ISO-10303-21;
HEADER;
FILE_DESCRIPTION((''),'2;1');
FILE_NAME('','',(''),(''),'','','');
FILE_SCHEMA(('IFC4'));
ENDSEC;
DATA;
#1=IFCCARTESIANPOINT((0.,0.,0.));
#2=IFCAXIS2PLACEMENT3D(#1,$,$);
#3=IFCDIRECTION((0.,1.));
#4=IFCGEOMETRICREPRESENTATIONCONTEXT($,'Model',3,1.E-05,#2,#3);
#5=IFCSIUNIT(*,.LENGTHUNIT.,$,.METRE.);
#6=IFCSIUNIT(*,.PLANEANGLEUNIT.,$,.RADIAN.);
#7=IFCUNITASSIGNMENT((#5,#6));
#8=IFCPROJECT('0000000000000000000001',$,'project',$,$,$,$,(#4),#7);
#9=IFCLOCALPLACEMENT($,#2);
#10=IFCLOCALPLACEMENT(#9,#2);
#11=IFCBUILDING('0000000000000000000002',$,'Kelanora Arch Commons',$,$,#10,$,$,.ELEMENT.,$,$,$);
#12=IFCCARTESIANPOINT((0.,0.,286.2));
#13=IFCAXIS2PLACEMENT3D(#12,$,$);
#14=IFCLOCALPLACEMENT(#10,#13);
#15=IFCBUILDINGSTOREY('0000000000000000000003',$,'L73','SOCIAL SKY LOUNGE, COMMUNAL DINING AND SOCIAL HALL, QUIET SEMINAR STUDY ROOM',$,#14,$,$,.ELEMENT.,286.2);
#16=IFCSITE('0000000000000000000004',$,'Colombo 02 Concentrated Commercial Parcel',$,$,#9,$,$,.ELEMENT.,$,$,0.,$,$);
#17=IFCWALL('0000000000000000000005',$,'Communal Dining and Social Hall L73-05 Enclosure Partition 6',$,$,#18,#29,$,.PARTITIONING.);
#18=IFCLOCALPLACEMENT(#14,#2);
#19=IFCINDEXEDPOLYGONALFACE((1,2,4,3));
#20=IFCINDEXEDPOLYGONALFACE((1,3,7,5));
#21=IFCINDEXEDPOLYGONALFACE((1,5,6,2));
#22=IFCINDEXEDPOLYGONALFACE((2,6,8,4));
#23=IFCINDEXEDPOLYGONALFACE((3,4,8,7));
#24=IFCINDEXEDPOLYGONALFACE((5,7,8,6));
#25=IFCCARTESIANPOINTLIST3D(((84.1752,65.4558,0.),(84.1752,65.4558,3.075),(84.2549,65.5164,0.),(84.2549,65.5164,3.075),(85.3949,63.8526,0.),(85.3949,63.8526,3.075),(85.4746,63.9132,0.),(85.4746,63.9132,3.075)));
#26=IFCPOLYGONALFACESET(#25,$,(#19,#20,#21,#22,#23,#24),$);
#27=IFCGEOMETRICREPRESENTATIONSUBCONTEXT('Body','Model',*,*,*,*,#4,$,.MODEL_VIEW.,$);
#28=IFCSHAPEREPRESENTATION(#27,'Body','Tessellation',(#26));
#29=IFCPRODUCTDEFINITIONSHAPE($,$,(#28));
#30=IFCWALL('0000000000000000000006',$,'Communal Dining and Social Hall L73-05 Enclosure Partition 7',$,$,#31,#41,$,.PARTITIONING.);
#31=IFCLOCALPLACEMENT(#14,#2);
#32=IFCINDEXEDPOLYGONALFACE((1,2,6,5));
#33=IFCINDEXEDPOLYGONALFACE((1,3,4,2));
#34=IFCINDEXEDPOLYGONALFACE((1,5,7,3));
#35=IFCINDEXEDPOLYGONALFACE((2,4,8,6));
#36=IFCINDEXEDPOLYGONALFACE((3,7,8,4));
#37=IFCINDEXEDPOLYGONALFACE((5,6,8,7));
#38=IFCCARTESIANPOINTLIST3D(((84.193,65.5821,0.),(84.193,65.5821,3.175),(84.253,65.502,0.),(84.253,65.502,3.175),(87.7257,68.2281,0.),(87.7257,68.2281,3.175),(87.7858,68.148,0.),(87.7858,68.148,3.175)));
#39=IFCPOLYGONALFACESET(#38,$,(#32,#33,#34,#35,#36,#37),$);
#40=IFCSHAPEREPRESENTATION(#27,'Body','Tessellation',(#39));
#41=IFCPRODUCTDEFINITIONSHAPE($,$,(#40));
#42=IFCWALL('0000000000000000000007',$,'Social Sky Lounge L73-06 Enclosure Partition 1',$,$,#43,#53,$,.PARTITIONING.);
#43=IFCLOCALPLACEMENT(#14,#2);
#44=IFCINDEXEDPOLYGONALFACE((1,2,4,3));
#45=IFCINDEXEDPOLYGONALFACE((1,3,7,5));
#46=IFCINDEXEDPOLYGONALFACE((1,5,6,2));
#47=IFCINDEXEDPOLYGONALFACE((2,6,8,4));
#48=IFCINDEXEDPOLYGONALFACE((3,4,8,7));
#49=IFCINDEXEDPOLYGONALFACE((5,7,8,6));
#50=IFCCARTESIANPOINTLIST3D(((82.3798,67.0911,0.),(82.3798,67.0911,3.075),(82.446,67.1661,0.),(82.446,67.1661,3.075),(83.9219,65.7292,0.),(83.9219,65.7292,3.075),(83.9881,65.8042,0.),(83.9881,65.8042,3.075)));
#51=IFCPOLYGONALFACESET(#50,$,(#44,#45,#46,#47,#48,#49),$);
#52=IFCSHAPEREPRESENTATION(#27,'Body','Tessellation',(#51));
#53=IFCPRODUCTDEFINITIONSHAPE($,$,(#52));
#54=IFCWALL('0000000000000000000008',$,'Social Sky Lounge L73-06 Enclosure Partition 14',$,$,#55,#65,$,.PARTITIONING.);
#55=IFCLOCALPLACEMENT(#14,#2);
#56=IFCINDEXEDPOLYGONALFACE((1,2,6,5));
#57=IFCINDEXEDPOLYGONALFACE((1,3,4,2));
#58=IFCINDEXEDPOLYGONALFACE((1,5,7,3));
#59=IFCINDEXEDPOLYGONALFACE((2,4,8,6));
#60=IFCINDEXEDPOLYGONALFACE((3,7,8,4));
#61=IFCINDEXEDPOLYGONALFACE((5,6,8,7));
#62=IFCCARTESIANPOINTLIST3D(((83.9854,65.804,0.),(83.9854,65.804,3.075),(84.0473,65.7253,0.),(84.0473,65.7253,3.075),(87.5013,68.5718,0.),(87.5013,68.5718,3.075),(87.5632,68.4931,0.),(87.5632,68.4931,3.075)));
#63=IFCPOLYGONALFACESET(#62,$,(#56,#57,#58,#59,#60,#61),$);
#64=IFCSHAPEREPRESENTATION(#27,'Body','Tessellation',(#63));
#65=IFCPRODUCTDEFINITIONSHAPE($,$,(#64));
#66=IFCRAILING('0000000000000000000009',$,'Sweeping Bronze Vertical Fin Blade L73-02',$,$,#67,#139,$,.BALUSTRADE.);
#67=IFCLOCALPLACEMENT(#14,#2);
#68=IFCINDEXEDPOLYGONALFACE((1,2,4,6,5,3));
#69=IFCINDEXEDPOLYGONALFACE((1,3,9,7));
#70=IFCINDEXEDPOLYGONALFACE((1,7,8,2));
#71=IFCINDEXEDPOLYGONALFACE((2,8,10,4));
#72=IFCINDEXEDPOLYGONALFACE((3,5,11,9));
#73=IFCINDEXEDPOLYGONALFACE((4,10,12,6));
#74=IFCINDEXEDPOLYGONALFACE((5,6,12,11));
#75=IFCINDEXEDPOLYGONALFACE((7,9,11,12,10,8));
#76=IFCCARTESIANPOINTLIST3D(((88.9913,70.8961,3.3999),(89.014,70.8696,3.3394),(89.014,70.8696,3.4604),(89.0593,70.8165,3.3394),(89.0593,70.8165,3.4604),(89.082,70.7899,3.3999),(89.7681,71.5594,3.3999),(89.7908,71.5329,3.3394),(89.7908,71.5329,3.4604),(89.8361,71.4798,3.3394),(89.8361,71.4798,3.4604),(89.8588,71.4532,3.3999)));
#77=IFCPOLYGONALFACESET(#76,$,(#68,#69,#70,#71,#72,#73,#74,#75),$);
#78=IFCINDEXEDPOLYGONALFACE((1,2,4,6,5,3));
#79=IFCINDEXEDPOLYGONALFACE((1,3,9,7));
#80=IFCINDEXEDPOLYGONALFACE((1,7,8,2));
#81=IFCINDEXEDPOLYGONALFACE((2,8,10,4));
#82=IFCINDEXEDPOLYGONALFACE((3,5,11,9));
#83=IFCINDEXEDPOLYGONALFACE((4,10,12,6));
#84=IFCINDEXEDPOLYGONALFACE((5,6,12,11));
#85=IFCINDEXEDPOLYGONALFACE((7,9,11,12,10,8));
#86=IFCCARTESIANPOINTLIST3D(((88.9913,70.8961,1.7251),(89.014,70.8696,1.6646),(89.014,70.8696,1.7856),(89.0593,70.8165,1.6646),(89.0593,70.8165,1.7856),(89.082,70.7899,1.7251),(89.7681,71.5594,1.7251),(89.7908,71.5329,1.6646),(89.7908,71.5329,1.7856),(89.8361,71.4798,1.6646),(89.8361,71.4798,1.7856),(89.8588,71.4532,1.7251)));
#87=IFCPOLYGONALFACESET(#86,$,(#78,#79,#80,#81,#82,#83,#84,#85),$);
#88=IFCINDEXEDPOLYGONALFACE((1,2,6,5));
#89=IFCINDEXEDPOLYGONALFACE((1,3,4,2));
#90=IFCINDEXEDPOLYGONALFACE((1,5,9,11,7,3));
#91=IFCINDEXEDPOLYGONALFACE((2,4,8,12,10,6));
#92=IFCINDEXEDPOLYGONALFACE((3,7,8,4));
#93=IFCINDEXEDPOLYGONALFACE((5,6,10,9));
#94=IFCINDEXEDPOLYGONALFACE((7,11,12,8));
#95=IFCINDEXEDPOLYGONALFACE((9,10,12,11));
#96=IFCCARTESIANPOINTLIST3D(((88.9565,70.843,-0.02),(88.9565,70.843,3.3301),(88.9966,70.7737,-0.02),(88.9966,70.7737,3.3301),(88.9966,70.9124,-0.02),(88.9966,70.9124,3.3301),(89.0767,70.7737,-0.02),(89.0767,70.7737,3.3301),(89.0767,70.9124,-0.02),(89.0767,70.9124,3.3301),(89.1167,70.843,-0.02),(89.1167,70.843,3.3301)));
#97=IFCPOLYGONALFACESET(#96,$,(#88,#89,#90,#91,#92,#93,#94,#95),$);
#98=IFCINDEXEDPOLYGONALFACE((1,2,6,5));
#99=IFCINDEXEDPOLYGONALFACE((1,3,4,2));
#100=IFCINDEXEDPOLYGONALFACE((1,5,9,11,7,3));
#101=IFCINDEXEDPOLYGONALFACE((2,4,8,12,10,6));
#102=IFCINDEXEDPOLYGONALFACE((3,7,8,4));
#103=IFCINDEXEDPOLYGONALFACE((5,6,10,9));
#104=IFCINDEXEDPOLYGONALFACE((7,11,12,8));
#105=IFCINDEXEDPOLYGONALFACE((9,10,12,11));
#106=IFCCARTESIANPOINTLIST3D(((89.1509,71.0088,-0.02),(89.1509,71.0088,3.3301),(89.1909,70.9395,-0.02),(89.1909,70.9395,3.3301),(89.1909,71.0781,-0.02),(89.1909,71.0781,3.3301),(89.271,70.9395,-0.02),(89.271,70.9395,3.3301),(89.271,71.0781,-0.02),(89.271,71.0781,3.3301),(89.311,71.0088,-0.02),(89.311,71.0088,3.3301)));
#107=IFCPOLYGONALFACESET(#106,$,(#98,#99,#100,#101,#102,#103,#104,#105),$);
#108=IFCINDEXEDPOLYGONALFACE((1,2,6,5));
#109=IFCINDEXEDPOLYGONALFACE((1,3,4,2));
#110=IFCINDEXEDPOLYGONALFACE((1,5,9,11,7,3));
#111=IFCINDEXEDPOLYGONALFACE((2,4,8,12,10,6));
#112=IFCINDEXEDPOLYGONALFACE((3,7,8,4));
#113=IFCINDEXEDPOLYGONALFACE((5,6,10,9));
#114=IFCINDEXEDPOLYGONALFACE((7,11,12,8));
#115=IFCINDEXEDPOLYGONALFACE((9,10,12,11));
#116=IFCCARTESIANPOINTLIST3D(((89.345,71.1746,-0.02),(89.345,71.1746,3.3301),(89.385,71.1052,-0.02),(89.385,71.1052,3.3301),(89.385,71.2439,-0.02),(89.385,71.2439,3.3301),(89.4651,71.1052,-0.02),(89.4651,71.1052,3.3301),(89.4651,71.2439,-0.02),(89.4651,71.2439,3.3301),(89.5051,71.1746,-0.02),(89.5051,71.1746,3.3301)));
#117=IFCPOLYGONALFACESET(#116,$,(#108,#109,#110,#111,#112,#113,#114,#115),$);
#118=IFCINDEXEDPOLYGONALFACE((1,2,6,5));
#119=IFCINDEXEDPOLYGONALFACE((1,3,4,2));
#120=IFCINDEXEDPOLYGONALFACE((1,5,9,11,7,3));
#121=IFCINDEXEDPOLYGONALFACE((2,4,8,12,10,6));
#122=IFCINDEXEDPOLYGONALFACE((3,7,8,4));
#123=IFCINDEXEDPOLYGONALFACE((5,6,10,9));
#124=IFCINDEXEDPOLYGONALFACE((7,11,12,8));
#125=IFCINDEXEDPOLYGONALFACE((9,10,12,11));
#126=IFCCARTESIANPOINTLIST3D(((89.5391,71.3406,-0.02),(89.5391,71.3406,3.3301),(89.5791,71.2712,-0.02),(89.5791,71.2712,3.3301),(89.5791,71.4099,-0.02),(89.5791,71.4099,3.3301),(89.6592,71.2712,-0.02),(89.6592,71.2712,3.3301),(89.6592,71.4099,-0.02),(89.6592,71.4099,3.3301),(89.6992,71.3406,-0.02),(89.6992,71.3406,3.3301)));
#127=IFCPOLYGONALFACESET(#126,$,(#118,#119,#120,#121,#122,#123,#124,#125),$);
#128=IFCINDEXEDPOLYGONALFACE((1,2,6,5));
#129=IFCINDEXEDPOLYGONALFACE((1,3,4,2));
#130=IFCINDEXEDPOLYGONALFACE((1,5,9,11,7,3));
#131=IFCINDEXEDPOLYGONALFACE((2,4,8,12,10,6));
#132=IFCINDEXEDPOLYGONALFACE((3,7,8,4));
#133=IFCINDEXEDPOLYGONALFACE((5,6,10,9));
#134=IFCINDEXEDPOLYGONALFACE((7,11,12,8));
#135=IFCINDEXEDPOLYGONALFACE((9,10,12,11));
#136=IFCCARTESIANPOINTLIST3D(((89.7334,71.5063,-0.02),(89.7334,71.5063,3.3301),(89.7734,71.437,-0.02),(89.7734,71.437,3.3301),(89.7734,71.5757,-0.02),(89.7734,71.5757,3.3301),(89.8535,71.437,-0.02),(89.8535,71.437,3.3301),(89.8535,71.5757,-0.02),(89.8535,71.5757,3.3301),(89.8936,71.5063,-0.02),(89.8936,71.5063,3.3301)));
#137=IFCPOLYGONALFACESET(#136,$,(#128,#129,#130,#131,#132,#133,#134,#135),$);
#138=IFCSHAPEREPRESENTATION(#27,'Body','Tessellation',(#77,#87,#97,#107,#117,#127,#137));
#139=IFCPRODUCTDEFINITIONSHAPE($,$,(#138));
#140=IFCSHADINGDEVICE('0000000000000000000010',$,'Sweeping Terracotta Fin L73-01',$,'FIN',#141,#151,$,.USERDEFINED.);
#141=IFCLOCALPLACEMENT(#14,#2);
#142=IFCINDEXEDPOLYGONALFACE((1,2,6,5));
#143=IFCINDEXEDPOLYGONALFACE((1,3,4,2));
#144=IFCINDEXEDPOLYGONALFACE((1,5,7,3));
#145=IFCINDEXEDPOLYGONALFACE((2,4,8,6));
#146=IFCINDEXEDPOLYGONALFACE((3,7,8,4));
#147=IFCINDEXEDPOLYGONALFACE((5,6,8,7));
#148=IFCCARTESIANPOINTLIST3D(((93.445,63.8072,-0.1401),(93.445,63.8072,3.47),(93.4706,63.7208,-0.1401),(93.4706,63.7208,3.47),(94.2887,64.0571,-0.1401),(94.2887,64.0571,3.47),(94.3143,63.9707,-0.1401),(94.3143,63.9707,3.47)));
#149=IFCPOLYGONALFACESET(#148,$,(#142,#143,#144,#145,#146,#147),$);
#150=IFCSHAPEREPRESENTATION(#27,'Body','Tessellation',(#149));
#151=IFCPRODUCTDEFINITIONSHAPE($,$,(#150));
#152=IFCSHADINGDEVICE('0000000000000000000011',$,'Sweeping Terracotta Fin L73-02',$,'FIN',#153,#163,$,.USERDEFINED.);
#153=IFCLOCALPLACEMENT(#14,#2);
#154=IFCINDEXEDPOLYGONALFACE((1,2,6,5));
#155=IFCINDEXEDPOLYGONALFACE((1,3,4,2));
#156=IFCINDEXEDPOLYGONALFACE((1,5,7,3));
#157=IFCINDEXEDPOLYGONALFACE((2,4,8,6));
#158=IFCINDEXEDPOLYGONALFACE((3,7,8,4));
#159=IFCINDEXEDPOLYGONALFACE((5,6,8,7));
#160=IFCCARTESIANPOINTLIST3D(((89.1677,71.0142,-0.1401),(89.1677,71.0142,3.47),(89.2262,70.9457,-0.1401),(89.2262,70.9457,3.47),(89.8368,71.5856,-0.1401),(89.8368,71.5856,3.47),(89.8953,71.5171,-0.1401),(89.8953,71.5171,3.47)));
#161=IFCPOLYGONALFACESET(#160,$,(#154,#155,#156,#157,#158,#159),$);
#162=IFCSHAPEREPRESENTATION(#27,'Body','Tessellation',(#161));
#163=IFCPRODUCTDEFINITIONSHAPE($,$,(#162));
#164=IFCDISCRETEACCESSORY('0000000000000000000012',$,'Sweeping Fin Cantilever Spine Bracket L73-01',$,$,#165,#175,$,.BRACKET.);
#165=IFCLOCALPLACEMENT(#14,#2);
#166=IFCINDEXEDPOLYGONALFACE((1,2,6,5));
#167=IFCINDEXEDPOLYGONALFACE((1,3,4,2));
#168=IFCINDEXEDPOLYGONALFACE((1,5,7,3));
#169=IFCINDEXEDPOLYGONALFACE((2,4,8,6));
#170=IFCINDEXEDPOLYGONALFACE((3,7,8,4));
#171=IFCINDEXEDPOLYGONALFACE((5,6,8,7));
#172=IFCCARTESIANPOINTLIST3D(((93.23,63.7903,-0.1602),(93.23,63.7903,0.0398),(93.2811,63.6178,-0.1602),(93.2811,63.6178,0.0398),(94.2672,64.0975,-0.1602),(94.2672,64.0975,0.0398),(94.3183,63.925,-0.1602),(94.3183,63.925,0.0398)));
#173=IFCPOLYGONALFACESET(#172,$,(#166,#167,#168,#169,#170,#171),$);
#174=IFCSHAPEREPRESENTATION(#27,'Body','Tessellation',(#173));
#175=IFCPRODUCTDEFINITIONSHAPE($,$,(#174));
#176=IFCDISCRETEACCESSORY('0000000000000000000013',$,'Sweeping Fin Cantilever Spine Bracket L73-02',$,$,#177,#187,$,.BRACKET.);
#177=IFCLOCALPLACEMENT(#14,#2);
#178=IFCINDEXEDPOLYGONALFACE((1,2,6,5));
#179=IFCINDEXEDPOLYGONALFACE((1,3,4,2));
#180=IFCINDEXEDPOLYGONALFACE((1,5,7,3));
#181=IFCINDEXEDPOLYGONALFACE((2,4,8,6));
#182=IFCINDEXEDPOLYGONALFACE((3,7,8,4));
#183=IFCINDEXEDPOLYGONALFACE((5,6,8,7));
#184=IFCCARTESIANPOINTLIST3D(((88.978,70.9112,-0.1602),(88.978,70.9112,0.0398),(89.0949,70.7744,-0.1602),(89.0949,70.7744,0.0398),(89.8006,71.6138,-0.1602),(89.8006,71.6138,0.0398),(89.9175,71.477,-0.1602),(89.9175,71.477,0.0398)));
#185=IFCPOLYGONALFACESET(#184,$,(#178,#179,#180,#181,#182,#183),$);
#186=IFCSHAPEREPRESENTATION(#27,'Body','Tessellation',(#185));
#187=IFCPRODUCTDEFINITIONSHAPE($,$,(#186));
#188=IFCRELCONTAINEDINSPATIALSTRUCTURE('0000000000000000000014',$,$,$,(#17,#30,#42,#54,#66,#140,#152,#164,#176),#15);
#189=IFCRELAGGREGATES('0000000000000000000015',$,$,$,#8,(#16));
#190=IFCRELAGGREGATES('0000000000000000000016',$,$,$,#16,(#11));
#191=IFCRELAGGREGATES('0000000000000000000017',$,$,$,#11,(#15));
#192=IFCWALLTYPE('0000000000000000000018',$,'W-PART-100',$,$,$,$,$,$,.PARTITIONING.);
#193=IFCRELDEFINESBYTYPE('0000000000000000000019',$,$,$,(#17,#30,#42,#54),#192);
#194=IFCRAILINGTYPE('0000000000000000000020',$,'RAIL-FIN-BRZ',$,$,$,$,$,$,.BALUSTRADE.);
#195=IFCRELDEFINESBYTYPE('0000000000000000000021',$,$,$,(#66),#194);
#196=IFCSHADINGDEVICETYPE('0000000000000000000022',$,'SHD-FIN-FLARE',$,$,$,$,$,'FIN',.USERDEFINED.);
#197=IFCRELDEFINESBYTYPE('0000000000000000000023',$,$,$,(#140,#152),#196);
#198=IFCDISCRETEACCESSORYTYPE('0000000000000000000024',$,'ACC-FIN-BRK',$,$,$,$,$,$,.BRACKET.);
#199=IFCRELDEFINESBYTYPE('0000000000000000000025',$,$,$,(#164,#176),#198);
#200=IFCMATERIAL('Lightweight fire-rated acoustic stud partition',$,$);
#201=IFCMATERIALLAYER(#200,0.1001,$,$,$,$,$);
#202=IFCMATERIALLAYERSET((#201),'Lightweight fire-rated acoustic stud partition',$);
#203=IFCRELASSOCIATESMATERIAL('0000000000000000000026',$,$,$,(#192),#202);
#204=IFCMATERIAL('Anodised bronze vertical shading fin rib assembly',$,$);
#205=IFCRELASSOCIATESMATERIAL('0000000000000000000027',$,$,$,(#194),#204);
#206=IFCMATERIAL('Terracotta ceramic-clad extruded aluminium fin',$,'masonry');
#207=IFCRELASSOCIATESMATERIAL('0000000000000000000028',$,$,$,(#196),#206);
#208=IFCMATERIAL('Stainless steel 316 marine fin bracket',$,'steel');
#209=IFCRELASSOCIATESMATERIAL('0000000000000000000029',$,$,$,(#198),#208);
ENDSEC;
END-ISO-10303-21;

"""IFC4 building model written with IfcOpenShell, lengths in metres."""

from ifc_helpers import new_model, si_unit, direction, frame, frame_2d, origin, origin_2d, place, context, subcontext, project, spatial, polyline, rectangle, outline, extrude, source, transform, mapped, material, layer, layer_set, type_object, element, save


model = new_model("IFC4")

# Units and contexts
model_context = context("Model", 3, precision=1e-05, world=origin(), true_north=direction((0.0, 1.0)))
body_context = subcontext(model_context, "Body", "Model", "MODEL_VIEW")
ifc_project = project(units=[si_unit("LENGTHUNIT", "METRE"), si_unit("PLANEANGLEUNIT", "RADIAN")], contexts=[model_context])

# Site, building, storey
site_placement = place(None, origin())
site = spatial("IfcSite", under=ifc_project, at=site_placement, Name="Colombo 02 Concentrated Commercial Parcel", CompositionType="ELEMENT", RefElevation=0.0)
building_placement = place(site_placement, origin())
building = spatial("IfcBuilding", under=site, at=building_placement, Name="Kelanora Arch Commons", CompositionType="ELEMENT")
storey_placement = place(building_placement, frame((0.0, 0.0, 286.2)))
storey = spatial("IfcBuildingStorey", under=building, at=storey_placement, Name="L73", Description="SOCIAL SKY LOUNGE, COMMUNAL DINING AND SOCIAL HALL, QUIET SEMINAR STUDY ROOM", CompositionType="ELEMENT", Elevation=286.2)

# Walls
ifc_material_1 = material(Name="Lightweight fire-rated acoustic stud partition")
ifc_layer_1 = layer(ifc_material_1, 0.1001)
ifc_layer_set_1 = layer_set([ifc_layer_1], Name="Lightweight fire-rated acoustic stud partition")
wall_type_1 = type_object("IfcWallType", Name="W-PART-100", PredefinedType="PARTITIONING", material=ifc_layer_set_1)
wall_1_placement = place(storey_placement, frame((85.4348, 63.8828, 0.0), z_axis=(0.0, 0.0, 1.0), x_axis=(-0.605473, 0.795866, 0.0)))
element("IfcWall", 1, at=wall_1_placement, inside=storey, type_object=wall_type_1, Name="Communal Dining and Social Hall L73-05 Enclosure Partition 6", PredefinedType="PARTITIONING", context=body_context, shape_type="SweptSolid", body=[
    extrude(rectangle(XDim=2.0144, YDim=0.1001, at=frame_2d((1.0073, 0.0))), origin(), (0.0, 0.0, 1.0), 3.075),
])
wall_2_placement = place(storey_placement, frame((84.2229, 65.542, 0.0), z_axis=(0.0, 0.0, 1.0), x_axis=(0.800385, 0.599487, 0.0)))
element("IfcWall", 2, at=wall_2_placement, inside=storey, type_object=wall_type_1, Name="Communal Dining and Social Hall L73-05 Enclosure Partition 7", PredefinedType="PARTITIONING", context=body_context, shape_type="SweptSolid", body=[
    extrude(rectangle(XDim=4.4138, YDim=0.1001, at=frame_2d((2.207, 0.0))), origin(), (0.0, 0.0, 1.0), 3.175),
])
wall_3_placement = place(storey_placement, frame((83.9551, 65.7666, 0.0), z_axis=(0.0, 0.0, 1.0), x_axis=(-0.74954, 0.661959, 0.0)))
element("IfcWall", 3, at=wall_3_placement, inside=storey, type_object=wall_type_1, Name="Social Sky Lounge L73-06 Enclosure Partition 1", PredefinedType="PARTITIONING", context=body_context, shape_type="SweptSolid", body=[
    extrude(rectangle(XDim=2.0574, YDim=0.1001, at=frame_2d((1.0288, 0.0))), origin(), (0.0, 0.0, 1.0), 3.075),
])
wall_4_placement = place(storey_placement, frame((87.5322, 68.5325, 0.0), z_axis=(0.0, 0.0, 1.0), x_axis=(-0.785737, -0.618561, 0.0)))
element("IfcWall", 4, at=wall_4_placement, inside=storey, type_object=wall_type_1, Name="Social Sky Lounge L73-06 Enclosure Partition 14", PredefinedType="PARTITIONING", context=body_context, shape_type="SweptSolid", body=[
    extrude(rectangle(XDim=4.4746, YDim=0.1001, at=frame_2d((2.2373, 0.0))), origin(), (0.0, 0.0, 1.0), 3.075),
])

# Railing
ifc_material_2 = material(Name="Anodised bronze vertical shading fin rib assembly")
railing_type = type_object("IfcRailingType", Name="RAIL-FIN-BRZ", PredefinedType="BALUSTRADE", material=ifc_material_2)
railing_placement = place(storey_placement, frame((89.0366, 70.843, -0.02)))
element("IfcRailing", 5, at=railing_placement, inside=storey, type_object=railing_type, Name="Sweeping Bronze Vertical Fin Blade L73-02", PredefinedType="BALUSTRADE", context=body_context, shape_type="SweptSolid", body=[
    extrude(outline(polyline([(0.0698, 0.0), (0.0349, 0.0605), (-0.0349, 0.0605), (-0.0698, 0.0), (-0.0349, -0.0605), (0.0349, -0.0605), (0.0698, 0.0)])), frame((0.0, 0.0, 3.4199), z_axis=(0.760487, 0.649353, 0.0), x_axis=(-0.649353, 0.760487, 0.0)), (0.0, 0.0, 1.0), 1.0215),
    extrude(outline(polyline([(0.0698, 0.0), (0.0349, 0.0605), (-0.0349, 0.0605), (-0.0698, 0.0), (-0.0349, -0.0605), (0.0349, -0.0605), (0.0698, 0.0)])), frame((0.0, 0.0, 1.7451), z_axis=(0.760487, 0.649353, 0.0), x_axis=(-0.649353, 0.760487, 0.0)), (0.0, 0.0, 1.0), 1.0215),
    extrude(outline(polyline([(0.0801, 0.0), (0.04, 0.0693), (-0.04, 0.0693), (-0.0801, 0.0), (-0.04, -0.0693), (0.04, -0.0693), (0.0801, 0.0)])), origin(), (0.0, 0.0, 1.0), 3.3501),
    extrude(outline(polyline([(0.0801, 0.0), (0.04, 0.0693), (-0.04, 0.0693), (-0.0801, 0.0), (-0.04, -0.0693), (0.04, -0.0693), (0.0801, 0.0)])), frame((0.1943, 0.1658, 0.0)), (0.0, 0.0, 1.0), 3.3501),
    extrude(outline(polyline([(0.0801, 0.0), (0.04, 0.0693), (-0.04, 0.0693), (-0.0801, 0.0), (-0.04, -0.0693), (0.04, -0.0693), (0.0801, 0.0)])), frame((0.3884, 0.3315, 0.0)), (0.0, 0.0, 1.0), 3.3501),
    extrude(outline(polyline([(0.0801, 0.0), (0.04, 0.0693), (-0.04, 0.0693), (-0.0801, 0.0), (-0.04, -0.0693), (0.04, -0.0693), (0.0801, 0.0)])), frame((0.5825, 0.4976, 0.0)), (0.0, 0.0, 1.0), 3.3501),
    extrude(outline(polyline([(0.0801, 0.0), (0.04, 0.0693), (-0.04, 0.0693), (-0.0801, 0.0), (-0.04, -0.0693), (0.04, -0.0693), (0.0801, 0.0)])), frame((0.7769, 0.6633, 0.0)), (0.0, 0.0, 1.0), 3.3501),
])

# Shading devices
ifc_material_3 = material(Name="Terracotta ceramic-clad extruded aluminium fin", Category="masonry")
shading_device_type = type_object("IfcShadingDeviceType", Name="SHD-FIN-FLARE", ElementType="FIN", PredefinedType="USERDEFINED", material=ifc_material_3)
shared_shape_1 = source(origin(), body_context, "Body", "SweptSolid", [
    extrude(rectangle(XDim=0.8799, YDim=0.0901, at=origin_2d()), origin(), (0.0, 0.0, 1.0), 3.6101),
])
for number, where, z_axis, x_axis, name in (
    (6, (93.8796, 63.8889, -0.1401), (0.0, 0.0, 1.0), (0.95882, 0.284015, 0.0), "Sweeping Terracotta Fin L73-01"),
    (7, (89.5315, 71.2656, -0.1401), (0.0, 0.0, 1.0), (0.760406, 0.649448, 0.0), "Sweeping Terracotta Fin L73-02"),
):
    element("IfcShadingDevice", number, at=place(storey_placement, frame(where, z_axis=z_axis, x_axis=x_axis)), inside=storey, type_object=shading_device_type, Name=name, ObjectType="FIN", PredefinedType="USERDEFINED", context=body_context, shape_type="MappedRepresentation", body=[
        mapped(shared_shape_1, transform((0.0, 0.0, 0.0), scale=1.0)),
    ])

# Discrete accessories
ifc_material_4 = material(Name="Stainless steel 316 marine fin bracket", Category="steel")
discrete_accessory_type = type_object("IfcDiscreteAccessoryType", Name="ACC-FIN-BRK", PredefinedType="BRACKET", material=ifc_material_4)
shared_shape_2 = source(origin(), body_context, "Body", "SweptSolid", [
    extrude(rectangle(XDim=1.0818, YDim=0.1799, at=origin_2d()), origin(), (0.0, 0.0, 1.0), 0.2),
])
for number, where, z_axis, x_axis, name in (
    (8, (93.7742, 63.8577, -0.1602), (0.0, 0.0, 1.0), (0.95882, 0.284015, 0.0), "Sweeping Fin Cantilever Spine Bracket L73-01"),
    (9, (89.4478, 71.1941, -0.1602), (0.0, 0.0, 1.0), (0.760406, 0.649448, 0.0), "Sweeping Fin Cantilever Spine Bracket L73-02"),
):
    element("IfcDiscreteAccessory", number, at=place(storey_placement, frame(where, z_axis=z_axis, x_axis=x_axis)), inside=storey, type_object=discrete_accessory_type, Name=name, PredefinedType="BRACKET", context=body_context, shape_type="MappedRepresentation", body=[
        mapped(shared_shape_2, transform((0.0, 0.0, 0.0), scale=1.0)),
    ])

save(model, "model.ifc")
